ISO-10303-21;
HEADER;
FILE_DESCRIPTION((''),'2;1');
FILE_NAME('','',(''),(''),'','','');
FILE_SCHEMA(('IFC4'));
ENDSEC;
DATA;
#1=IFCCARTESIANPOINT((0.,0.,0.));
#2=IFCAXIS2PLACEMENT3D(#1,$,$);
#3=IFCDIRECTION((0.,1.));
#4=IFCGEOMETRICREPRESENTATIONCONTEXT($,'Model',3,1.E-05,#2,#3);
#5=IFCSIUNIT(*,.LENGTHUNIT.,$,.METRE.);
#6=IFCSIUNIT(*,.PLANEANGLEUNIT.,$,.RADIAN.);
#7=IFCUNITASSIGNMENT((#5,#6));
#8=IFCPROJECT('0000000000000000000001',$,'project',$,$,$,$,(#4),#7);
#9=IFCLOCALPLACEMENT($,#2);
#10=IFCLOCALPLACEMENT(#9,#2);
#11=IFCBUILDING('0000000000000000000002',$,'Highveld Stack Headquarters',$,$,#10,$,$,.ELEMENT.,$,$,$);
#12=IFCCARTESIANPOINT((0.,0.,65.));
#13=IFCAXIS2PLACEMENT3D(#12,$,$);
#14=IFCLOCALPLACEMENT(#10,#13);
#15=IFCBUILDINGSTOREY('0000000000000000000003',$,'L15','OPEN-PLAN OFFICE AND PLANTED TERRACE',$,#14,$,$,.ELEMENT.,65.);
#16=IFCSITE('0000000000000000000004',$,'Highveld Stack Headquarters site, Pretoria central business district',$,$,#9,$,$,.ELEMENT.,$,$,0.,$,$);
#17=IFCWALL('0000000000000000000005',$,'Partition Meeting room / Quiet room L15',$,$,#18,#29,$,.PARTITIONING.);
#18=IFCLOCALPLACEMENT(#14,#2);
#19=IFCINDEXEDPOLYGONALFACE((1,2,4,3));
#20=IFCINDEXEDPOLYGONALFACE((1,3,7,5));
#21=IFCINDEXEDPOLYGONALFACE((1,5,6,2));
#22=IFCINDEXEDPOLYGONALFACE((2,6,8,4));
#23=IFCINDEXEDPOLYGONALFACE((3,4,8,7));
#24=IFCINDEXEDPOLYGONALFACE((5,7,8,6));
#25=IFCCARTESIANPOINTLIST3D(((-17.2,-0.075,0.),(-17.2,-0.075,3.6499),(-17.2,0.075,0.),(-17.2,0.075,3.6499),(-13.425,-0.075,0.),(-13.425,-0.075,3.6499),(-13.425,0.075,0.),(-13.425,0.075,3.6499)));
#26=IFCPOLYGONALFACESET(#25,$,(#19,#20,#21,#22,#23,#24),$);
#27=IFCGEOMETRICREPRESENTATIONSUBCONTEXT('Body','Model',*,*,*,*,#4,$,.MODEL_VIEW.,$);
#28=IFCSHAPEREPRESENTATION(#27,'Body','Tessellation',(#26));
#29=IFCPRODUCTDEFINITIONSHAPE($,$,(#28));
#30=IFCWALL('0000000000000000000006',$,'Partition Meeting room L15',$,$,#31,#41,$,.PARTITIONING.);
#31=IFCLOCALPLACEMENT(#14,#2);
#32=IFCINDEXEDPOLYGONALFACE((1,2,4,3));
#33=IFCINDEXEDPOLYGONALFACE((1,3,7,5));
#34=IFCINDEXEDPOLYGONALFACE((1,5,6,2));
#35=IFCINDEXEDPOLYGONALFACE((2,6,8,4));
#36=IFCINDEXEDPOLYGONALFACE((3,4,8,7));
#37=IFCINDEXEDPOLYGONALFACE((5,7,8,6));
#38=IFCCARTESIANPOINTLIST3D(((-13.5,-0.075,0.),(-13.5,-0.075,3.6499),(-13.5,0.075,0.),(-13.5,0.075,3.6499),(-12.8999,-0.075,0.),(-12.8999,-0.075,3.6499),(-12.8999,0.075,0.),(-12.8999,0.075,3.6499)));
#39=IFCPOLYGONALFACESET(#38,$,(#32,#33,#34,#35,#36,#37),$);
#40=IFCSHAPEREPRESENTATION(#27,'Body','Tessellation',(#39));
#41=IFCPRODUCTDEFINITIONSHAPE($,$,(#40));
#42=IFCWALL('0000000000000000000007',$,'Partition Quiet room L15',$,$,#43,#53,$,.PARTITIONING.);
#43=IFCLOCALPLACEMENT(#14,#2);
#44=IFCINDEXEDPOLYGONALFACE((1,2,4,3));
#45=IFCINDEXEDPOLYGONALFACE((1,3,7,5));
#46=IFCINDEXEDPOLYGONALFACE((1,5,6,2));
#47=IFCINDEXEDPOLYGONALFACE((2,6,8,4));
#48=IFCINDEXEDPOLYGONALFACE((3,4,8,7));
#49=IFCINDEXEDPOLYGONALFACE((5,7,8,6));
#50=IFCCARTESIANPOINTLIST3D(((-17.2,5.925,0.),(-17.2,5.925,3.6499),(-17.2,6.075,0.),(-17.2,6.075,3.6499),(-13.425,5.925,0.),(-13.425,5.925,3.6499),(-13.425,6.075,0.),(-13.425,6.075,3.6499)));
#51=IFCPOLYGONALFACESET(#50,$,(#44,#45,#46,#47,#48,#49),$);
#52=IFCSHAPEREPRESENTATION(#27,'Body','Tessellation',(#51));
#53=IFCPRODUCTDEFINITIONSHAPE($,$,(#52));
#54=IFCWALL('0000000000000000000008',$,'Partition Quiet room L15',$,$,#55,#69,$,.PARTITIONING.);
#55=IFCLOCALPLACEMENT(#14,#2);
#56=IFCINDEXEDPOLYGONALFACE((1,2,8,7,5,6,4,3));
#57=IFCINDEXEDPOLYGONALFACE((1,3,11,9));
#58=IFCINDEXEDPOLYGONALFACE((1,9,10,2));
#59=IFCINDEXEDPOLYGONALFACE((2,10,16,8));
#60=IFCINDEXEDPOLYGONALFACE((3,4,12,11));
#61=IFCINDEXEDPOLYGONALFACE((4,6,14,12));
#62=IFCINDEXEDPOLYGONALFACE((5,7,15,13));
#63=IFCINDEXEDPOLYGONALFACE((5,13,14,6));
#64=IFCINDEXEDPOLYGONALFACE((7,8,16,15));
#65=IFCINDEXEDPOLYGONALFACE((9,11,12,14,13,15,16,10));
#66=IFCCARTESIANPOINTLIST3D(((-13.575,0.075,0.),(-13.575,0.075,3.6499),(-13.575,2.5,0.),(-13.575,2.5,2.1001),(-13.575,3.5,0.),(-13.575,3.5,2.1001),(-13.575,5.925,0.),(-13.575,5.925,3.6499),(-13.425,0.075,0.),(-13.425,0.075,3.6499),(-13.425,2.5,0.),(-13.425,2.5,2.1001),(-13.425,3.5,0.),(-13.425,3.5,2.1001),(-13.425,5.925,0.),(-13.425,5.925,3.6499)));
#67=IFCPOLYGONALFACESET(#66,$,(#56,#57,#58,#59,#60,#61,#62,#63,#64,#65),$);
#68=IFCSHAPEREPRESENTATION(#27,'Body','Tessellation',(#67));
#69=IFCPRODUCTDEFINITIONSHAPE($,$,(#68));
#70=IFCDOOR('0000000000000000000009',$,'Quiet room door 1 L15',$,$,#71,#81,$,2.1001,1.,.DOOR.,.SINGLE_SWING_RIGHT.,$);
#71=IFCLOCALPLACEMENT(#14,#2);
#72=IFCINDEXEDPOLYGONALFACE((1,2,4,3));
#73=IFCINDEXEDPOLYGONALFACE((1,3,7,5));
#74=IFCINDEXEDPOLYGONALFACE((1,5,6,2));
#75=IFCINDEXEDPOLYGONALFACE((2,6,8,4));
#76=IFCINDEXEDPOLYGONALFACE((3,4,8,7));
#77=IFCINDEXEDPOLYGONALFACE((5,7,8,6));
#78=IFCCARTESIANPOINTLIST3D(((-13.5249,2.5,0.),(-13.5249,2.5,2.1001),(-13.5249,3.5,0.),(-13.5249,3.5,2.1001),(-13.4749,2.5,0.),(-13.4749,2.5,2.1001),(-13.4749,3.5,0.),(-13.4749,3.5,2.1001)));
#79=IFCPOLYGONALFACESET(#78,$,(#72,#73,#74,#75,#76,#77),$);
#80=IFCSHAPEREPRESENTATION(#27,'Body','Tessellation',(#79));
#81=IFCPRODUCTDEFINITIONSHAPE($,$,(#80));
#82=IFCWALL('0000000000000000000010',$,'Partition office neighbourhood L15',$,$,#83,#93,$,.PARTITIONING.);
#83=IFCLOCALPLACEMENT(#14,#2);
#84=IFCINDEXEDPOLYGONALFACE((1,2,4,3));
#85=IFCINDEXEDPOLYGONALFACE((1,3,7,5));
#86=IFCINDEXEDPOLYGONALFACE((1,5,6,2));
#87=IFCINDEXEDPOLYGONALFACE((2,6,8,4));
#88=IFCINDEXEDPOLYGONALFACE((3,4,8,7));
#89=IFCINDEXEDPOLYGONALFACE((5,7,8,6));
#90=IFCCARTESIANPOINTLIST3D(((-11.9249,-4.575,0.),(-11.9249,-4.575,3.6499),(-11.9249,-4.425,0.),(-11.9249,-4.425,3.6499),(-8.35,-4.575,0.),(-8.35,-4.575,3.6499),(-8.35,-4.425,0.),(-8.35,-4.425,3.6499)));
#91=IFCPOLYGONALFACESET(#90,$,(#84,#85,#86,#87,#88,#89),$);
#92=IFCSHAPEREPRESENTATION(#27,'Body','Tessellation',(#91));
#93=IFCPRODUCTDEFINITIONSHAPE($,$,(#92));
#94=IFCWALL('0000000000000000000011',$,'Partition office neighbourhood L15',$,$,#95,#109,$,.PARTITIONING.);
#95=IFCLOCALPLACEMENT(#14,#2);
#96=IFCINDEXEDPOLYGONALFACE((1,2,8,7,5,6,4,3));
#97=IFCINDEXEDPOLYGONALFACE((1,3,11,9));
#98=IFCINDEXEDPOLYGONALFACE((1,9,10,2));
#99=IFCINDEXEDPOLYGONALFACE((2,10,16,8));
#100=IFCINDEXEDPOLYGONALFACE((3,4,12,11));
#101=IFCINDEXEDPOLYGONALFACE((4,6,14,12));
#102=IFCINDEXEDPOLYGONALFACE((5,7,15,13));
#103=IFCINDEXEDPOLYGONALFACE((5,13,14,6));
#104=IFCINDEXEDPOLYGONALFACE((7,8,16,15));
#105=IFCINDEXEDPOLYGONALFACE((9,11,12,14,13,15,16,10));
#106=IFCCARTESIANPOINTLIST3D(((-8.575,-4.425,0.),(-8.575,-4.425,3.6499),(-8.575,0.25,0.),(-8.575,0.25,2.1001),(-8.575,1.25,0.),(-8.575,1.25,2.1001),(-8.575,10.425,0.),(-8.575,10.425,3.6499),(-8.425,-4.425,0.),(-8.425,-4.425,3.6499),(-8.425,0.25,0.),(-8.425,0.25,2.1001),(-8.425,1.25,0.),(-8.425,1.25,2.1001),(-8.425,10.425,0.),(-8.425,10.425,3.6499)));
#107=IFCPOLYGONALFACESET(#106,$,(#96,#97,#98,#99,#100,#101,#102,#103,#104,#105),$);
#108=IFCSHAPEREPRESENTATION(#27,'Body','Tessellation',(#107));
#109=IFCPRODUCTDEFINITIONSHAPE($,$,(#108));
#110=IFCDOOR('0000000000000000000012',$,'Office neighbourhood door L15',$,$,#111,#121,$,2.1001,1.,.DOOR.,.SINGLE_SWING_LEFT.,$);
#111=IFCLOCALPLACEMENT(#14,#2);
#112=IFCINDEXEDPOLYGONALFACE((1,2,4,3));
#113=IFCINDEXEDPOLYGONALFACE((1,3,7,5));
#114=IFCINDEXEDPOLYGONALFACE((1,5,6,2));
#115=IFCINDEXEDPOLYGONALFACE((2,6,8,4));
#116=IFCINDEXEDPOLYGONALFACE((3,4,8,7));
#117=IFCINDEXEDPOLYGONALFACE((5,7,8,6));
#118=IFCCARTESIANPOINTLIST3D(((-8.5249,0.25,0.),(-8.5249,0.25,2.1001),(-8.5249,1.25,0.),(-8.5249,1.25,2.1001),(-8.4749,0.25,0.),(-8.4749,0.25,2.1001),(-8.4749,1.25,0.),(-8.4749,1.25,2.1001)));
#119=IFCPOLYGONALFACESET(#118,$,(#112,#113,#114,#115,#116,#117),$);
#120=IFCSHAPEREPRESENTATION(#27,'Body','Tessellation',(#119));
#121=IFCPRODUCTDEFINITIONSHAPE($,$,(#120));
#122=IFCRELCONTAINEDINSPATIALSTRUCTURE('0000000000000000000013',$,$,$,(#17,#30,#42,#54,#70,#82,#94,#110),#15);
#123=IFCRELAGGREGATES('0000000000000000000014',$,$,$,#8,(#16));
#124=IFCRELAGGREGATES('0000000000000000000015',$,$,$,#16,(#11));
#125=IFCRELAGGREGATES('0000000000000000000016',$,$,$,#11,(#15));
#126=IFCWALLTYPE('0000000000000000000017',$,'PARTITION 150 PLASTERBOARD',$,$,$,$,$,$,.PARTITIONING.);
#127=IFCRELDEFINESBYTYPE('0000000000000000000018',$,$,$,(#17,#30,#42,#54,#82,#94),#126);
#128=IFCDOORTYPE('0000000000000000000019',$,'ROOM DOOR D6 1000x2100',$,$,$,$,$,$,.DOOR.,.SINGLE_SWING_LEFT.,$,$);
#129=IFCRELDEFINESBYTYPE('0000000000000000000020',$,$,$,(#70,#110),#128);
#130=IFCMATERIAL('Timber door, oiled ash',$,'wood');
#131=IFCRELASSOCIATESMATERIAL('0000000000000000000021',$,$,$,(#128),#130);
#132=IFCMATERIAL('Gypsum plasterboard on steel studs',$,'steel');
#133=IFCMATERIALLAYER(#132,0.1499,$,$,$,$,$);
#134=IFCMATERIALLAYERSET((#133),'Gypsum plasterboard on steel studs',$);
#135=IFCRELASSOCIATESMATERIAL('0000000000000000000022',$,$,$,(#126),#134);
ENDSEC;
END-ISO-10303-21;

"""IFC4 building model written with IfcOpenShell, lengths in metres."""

from ifc_helpers import new_model, si_unit, direction, frame, frame_2d, origin, place, context, subcontext, project, spatial, rectangle, extrude, material, layer, layer_set, type_object, element, fill, save


model = new_model("IFC4")

# Units and contexts
model_context = context("Model", 3, precision=1e-05, world=origin(), true_north=direction((0.0, 1.0)))
body_context = subcontext(model_context, "Body", "Model", "MODEL_VIEW")
ifc_project = project(units=[si_unit("LENGTHUNIT", "METRE"), si_unit("PLANEANGLEUNIT", "RADIAN")], contexts=[model_context])

# Site, building, storey
site_placement = place(None, origin())
site = spatial("IfcSite", under=ifc_project, at=site_placement, Name="Highveld Stack Headquarters site, Pretoria central business district", CompositionType="ELEMENT", RefElevation=0.0)
building_placement = place(site_placement, origin())
building = spatial("IfcBuilding", under=site, at=building_placement, Name="Highveld Stack Headquarters", CompositionType="ELEMENT")
storey_placement = place(building_placement, frame((0.0, 0.0, 65.0)))
storey = spatial("IfcBuildingStorey", under=building, at=storey_placement, Name="L15", Description="OPEN-PLAN OFFICE AND PLANTED TERRACE", CompositionType="ELEMENT", Elevation=65.0)

# Shared definitions
ifc_material_1 = material(Name="Timber door, oiled ash", Category="wood")
door_type_1 = type_object("IfcDoorType", Name="ROOM DOOR D6 1000x2100", OperationType="SINGLE_SWING_LEFT", PredefinedType="DOOR", material=ifc_material_1)

# Walls
ifc_material_2 = material(Name="Gypsum plasterboard on steel studs", Category="steel")
ifc_layer_1 = layer(ifc_material_2, 0.1499)
ifc_layer_set_1 = layer_set([ifc_layer_1], Name="Gypsum plasterboard on steel studs")
wall_type_1 = type_object("IfcWallType", Name="PARTITION 150 PLASTERBOARD", PredefinedType="PARTITIONING", material=ifc_layer_set_1)
wall_1_placement = place(storey_placement, frame((-17.2, 0.0, 0.0), z_axis=(0.0, 0.0, 1.0), x_axis=(1.0, 0.0, 0.0)))
element("IfcWall", 1, at=wall_1_placement, inside=storey, type_object=wall_type_1, Name="Partition Meeting room / Quiet room L15", PredefinedType="PARTITIONING", context=body_context, shape_type="SweptSolid", body=[
    extrude(rectangle(XDim=3.7749, YDim=0.1499, at=frame_2d((1.8875, 0.0))), origin(), (0.0, 0.0, 1.0), 3.6499),
])
wall_2_placement = place(storey_placement, frame((-13.5, 0.0, 0.0), z_axis=(0.0, 0.0, 1.0), x_axis=(1.0, 0.0, 0.0)))
element("IfcWall", 2, at=wall_2_placement, inside=storey, type_object=wall_type_1, Name="Partition Meeting room L15", PredefinedType="PARTITIONING", context=body_context, shape_type="SweptSolid", body=[
    extrude(rectangle(XDim=0.6001, YDim=0.1499, at=frame_2d((0.3, 0.0))), origin(), (0.0, 0.0, 1.0), 3.6499),
])
wall_3_placement = place(storey_placement, frame((-17.2, 6.0, 0.0), z_axis=(0.0, 0.0, 1.0), x_axis=(1.0, 0.0, 0.0)))
element("IfcWall", 3, at=wall_3_placement, inside=storey, type_object=wall_type_1, Name="Partition Quiet room L15", PredefinedType="PARTITIONING", context=body_context, shape_type="SweptSolid", body=[
    extrude(rectangle(XDim=3.7749, YDim=0.1499, at=frame_2d((1.8875, 0.0))), origin(), (0.0, 0.0, 1.0), 3.6499),
])

# Wall, opening, door
wall_4_placement = place(storey_placement, frame((-13.5, 0.075, 0.0), z_axis=(0.0, 0.0, 1.0), x_axis=(0.0, 1.0, 0.0)))
wall_4 = element("IfcWall", 4, at=wall_4_placement, inside=storey, type_object=wall_type_1, Name="Partition Quiet room L15", PredefinedType="PARTITIONING", context=body_context, shape_type="SweptSolid", body=[
    extrude(rectangle(XDim=5.8501, YDim=0.1499, at=frame_2d((2.925, 0.0))), origin(), (0.0, 0.0, 1.0), 3.6499),
])
opening_1_placement = place(wall_4_placement, frame((2.425, 0.0, 0.0)))
opening_1 = element("IfcOpeningElement", 5, at=opening_1_placement, cuts=wall_4, PredefinedType="OPENING", context=body_context, shape_type="SweptSolid", body=[
    extrude(rectangle(XDim=1.0, YDim=2.1001, at=frame_2d((0.5, 1.05))), frame((0.0, 0.085, 0.0), z_axis=(0.0, -1.0, 0.0), x_axis=(1.0, 0.0, 0.0)), (0.0, 0.0, 1.0), 0.1699),
])
door_1_placement = place(opening_1_placement, origin())
door_1 = element("IfcDoor", 6, at=door_1_placement, inside=storey, type_object=door_type_1, Name="Quiet room door 1 L15", OperationType="SINGLE_SWING_RIGHT", OverallHeight=2.1001, OverallWidth=1.0, PredefinedType="DOOR", context=body_context, shape_type="SweptSolid", body=[
    extrude(rectangle(XDim=1.0, YDim=2.1001, at=frame_2d((0.5, 1.05))), frame((0.0, 0.0249, 0.0), z_axis=(0.0, -1.0, 0.0), x_axis=(1.0, 0.0, 0.0)), (0.0, 0.0, 1.0), 0.05),
])
fill(opening_1, door_1)

# Wall
wall_5_placement = place(storey_placement, frame((-11.925, -4.5, 0.0), z_axis=(0.0, 0.0, 1.0), x_axis=(1.0, 0.0, 0.0)))
element("IfcWall", 7, at=wall_5_placement, inside=storey, type_object=wall_type_1, Name="Partition office neighbourhood L15", PredefinedType="PARTITIONING", context=body_context, shape_type="SweptSolid", body=[
    extrude(rectangle(XDim=3.575, YDim=0.1499, at=frame_2d((1.7876, 0.0))), origin(), (0.0, 0.0, 1.0), 3.6499),
])

# Wall, opening, door
wall_6_placement = place(storey_placement, frame((-8.5, -4.425, 0.0), z_axis=(0.0, 0.0, 1.0), x_axis=(0.0, 1.0, 0.0)))
wall_6 = element("IfcWall", 8, at=wall_6_placement, inside=storey, type_object=wall_type_1, Name="Partition office neighbourhood L15", PredefinedType="PARTITIONING", context=body_context, shape_type="SweptSolid", body=[
    extrude(rectangle(XDim=14.8501, YDim=0.1499, at=frame_2d((7.425, 0.0))), origin(), (0.0, 0.0, 1.0), 3.6499),
])
opening_2_placement = place(wall_6_placement, frame((4.675, 0.0, 0.0)))
opening_2 = element("IfcOpeningElement", 9, at=opening_2_placement, cuts=wall_6, PredefinedType="OPENING", context=body_context, shape_type="SweptSolid", body=[
    extrude(rectangle(XDim=1.0, YDim=2.1001, at=frame_2d((0.5, 1.05))), frame((0.0, 0.085, 0.0), z_axis=(0.0, -1.0, 0.0), x_axis=(1.0, 0.0, 0.0)), (0.0, 0.0, 1.0), 0.1699),
])
door_2_placement = place(opening_2_placement, origin())
door_2 = element("IfcDoor", 10, at=door_2_placement, inside=storey, type_object=door_type_1, Name="Office neighbourhood door L15", OperationType="SINGLE_SWING_LEFT", OverallHeight=2.1001, OverallWidth=1.0, PredefinedType="DOOR", context=body_context, shape_type="SweptSolid", body=[
    extrude(rectangle(XDim=1.0, YDim=2.1001, at=frame_2d((0.5, 1.05))), frame((0.0, 0.0249, 0.0), z_axis=(0.0, -1.0, 0.0), x_axis=(1.0, 0.0, 0.0)), (0.0, 0.0, 1.0), 0.05),
])
fill(opening_2, door_2)

save(model, "model.ifc")
